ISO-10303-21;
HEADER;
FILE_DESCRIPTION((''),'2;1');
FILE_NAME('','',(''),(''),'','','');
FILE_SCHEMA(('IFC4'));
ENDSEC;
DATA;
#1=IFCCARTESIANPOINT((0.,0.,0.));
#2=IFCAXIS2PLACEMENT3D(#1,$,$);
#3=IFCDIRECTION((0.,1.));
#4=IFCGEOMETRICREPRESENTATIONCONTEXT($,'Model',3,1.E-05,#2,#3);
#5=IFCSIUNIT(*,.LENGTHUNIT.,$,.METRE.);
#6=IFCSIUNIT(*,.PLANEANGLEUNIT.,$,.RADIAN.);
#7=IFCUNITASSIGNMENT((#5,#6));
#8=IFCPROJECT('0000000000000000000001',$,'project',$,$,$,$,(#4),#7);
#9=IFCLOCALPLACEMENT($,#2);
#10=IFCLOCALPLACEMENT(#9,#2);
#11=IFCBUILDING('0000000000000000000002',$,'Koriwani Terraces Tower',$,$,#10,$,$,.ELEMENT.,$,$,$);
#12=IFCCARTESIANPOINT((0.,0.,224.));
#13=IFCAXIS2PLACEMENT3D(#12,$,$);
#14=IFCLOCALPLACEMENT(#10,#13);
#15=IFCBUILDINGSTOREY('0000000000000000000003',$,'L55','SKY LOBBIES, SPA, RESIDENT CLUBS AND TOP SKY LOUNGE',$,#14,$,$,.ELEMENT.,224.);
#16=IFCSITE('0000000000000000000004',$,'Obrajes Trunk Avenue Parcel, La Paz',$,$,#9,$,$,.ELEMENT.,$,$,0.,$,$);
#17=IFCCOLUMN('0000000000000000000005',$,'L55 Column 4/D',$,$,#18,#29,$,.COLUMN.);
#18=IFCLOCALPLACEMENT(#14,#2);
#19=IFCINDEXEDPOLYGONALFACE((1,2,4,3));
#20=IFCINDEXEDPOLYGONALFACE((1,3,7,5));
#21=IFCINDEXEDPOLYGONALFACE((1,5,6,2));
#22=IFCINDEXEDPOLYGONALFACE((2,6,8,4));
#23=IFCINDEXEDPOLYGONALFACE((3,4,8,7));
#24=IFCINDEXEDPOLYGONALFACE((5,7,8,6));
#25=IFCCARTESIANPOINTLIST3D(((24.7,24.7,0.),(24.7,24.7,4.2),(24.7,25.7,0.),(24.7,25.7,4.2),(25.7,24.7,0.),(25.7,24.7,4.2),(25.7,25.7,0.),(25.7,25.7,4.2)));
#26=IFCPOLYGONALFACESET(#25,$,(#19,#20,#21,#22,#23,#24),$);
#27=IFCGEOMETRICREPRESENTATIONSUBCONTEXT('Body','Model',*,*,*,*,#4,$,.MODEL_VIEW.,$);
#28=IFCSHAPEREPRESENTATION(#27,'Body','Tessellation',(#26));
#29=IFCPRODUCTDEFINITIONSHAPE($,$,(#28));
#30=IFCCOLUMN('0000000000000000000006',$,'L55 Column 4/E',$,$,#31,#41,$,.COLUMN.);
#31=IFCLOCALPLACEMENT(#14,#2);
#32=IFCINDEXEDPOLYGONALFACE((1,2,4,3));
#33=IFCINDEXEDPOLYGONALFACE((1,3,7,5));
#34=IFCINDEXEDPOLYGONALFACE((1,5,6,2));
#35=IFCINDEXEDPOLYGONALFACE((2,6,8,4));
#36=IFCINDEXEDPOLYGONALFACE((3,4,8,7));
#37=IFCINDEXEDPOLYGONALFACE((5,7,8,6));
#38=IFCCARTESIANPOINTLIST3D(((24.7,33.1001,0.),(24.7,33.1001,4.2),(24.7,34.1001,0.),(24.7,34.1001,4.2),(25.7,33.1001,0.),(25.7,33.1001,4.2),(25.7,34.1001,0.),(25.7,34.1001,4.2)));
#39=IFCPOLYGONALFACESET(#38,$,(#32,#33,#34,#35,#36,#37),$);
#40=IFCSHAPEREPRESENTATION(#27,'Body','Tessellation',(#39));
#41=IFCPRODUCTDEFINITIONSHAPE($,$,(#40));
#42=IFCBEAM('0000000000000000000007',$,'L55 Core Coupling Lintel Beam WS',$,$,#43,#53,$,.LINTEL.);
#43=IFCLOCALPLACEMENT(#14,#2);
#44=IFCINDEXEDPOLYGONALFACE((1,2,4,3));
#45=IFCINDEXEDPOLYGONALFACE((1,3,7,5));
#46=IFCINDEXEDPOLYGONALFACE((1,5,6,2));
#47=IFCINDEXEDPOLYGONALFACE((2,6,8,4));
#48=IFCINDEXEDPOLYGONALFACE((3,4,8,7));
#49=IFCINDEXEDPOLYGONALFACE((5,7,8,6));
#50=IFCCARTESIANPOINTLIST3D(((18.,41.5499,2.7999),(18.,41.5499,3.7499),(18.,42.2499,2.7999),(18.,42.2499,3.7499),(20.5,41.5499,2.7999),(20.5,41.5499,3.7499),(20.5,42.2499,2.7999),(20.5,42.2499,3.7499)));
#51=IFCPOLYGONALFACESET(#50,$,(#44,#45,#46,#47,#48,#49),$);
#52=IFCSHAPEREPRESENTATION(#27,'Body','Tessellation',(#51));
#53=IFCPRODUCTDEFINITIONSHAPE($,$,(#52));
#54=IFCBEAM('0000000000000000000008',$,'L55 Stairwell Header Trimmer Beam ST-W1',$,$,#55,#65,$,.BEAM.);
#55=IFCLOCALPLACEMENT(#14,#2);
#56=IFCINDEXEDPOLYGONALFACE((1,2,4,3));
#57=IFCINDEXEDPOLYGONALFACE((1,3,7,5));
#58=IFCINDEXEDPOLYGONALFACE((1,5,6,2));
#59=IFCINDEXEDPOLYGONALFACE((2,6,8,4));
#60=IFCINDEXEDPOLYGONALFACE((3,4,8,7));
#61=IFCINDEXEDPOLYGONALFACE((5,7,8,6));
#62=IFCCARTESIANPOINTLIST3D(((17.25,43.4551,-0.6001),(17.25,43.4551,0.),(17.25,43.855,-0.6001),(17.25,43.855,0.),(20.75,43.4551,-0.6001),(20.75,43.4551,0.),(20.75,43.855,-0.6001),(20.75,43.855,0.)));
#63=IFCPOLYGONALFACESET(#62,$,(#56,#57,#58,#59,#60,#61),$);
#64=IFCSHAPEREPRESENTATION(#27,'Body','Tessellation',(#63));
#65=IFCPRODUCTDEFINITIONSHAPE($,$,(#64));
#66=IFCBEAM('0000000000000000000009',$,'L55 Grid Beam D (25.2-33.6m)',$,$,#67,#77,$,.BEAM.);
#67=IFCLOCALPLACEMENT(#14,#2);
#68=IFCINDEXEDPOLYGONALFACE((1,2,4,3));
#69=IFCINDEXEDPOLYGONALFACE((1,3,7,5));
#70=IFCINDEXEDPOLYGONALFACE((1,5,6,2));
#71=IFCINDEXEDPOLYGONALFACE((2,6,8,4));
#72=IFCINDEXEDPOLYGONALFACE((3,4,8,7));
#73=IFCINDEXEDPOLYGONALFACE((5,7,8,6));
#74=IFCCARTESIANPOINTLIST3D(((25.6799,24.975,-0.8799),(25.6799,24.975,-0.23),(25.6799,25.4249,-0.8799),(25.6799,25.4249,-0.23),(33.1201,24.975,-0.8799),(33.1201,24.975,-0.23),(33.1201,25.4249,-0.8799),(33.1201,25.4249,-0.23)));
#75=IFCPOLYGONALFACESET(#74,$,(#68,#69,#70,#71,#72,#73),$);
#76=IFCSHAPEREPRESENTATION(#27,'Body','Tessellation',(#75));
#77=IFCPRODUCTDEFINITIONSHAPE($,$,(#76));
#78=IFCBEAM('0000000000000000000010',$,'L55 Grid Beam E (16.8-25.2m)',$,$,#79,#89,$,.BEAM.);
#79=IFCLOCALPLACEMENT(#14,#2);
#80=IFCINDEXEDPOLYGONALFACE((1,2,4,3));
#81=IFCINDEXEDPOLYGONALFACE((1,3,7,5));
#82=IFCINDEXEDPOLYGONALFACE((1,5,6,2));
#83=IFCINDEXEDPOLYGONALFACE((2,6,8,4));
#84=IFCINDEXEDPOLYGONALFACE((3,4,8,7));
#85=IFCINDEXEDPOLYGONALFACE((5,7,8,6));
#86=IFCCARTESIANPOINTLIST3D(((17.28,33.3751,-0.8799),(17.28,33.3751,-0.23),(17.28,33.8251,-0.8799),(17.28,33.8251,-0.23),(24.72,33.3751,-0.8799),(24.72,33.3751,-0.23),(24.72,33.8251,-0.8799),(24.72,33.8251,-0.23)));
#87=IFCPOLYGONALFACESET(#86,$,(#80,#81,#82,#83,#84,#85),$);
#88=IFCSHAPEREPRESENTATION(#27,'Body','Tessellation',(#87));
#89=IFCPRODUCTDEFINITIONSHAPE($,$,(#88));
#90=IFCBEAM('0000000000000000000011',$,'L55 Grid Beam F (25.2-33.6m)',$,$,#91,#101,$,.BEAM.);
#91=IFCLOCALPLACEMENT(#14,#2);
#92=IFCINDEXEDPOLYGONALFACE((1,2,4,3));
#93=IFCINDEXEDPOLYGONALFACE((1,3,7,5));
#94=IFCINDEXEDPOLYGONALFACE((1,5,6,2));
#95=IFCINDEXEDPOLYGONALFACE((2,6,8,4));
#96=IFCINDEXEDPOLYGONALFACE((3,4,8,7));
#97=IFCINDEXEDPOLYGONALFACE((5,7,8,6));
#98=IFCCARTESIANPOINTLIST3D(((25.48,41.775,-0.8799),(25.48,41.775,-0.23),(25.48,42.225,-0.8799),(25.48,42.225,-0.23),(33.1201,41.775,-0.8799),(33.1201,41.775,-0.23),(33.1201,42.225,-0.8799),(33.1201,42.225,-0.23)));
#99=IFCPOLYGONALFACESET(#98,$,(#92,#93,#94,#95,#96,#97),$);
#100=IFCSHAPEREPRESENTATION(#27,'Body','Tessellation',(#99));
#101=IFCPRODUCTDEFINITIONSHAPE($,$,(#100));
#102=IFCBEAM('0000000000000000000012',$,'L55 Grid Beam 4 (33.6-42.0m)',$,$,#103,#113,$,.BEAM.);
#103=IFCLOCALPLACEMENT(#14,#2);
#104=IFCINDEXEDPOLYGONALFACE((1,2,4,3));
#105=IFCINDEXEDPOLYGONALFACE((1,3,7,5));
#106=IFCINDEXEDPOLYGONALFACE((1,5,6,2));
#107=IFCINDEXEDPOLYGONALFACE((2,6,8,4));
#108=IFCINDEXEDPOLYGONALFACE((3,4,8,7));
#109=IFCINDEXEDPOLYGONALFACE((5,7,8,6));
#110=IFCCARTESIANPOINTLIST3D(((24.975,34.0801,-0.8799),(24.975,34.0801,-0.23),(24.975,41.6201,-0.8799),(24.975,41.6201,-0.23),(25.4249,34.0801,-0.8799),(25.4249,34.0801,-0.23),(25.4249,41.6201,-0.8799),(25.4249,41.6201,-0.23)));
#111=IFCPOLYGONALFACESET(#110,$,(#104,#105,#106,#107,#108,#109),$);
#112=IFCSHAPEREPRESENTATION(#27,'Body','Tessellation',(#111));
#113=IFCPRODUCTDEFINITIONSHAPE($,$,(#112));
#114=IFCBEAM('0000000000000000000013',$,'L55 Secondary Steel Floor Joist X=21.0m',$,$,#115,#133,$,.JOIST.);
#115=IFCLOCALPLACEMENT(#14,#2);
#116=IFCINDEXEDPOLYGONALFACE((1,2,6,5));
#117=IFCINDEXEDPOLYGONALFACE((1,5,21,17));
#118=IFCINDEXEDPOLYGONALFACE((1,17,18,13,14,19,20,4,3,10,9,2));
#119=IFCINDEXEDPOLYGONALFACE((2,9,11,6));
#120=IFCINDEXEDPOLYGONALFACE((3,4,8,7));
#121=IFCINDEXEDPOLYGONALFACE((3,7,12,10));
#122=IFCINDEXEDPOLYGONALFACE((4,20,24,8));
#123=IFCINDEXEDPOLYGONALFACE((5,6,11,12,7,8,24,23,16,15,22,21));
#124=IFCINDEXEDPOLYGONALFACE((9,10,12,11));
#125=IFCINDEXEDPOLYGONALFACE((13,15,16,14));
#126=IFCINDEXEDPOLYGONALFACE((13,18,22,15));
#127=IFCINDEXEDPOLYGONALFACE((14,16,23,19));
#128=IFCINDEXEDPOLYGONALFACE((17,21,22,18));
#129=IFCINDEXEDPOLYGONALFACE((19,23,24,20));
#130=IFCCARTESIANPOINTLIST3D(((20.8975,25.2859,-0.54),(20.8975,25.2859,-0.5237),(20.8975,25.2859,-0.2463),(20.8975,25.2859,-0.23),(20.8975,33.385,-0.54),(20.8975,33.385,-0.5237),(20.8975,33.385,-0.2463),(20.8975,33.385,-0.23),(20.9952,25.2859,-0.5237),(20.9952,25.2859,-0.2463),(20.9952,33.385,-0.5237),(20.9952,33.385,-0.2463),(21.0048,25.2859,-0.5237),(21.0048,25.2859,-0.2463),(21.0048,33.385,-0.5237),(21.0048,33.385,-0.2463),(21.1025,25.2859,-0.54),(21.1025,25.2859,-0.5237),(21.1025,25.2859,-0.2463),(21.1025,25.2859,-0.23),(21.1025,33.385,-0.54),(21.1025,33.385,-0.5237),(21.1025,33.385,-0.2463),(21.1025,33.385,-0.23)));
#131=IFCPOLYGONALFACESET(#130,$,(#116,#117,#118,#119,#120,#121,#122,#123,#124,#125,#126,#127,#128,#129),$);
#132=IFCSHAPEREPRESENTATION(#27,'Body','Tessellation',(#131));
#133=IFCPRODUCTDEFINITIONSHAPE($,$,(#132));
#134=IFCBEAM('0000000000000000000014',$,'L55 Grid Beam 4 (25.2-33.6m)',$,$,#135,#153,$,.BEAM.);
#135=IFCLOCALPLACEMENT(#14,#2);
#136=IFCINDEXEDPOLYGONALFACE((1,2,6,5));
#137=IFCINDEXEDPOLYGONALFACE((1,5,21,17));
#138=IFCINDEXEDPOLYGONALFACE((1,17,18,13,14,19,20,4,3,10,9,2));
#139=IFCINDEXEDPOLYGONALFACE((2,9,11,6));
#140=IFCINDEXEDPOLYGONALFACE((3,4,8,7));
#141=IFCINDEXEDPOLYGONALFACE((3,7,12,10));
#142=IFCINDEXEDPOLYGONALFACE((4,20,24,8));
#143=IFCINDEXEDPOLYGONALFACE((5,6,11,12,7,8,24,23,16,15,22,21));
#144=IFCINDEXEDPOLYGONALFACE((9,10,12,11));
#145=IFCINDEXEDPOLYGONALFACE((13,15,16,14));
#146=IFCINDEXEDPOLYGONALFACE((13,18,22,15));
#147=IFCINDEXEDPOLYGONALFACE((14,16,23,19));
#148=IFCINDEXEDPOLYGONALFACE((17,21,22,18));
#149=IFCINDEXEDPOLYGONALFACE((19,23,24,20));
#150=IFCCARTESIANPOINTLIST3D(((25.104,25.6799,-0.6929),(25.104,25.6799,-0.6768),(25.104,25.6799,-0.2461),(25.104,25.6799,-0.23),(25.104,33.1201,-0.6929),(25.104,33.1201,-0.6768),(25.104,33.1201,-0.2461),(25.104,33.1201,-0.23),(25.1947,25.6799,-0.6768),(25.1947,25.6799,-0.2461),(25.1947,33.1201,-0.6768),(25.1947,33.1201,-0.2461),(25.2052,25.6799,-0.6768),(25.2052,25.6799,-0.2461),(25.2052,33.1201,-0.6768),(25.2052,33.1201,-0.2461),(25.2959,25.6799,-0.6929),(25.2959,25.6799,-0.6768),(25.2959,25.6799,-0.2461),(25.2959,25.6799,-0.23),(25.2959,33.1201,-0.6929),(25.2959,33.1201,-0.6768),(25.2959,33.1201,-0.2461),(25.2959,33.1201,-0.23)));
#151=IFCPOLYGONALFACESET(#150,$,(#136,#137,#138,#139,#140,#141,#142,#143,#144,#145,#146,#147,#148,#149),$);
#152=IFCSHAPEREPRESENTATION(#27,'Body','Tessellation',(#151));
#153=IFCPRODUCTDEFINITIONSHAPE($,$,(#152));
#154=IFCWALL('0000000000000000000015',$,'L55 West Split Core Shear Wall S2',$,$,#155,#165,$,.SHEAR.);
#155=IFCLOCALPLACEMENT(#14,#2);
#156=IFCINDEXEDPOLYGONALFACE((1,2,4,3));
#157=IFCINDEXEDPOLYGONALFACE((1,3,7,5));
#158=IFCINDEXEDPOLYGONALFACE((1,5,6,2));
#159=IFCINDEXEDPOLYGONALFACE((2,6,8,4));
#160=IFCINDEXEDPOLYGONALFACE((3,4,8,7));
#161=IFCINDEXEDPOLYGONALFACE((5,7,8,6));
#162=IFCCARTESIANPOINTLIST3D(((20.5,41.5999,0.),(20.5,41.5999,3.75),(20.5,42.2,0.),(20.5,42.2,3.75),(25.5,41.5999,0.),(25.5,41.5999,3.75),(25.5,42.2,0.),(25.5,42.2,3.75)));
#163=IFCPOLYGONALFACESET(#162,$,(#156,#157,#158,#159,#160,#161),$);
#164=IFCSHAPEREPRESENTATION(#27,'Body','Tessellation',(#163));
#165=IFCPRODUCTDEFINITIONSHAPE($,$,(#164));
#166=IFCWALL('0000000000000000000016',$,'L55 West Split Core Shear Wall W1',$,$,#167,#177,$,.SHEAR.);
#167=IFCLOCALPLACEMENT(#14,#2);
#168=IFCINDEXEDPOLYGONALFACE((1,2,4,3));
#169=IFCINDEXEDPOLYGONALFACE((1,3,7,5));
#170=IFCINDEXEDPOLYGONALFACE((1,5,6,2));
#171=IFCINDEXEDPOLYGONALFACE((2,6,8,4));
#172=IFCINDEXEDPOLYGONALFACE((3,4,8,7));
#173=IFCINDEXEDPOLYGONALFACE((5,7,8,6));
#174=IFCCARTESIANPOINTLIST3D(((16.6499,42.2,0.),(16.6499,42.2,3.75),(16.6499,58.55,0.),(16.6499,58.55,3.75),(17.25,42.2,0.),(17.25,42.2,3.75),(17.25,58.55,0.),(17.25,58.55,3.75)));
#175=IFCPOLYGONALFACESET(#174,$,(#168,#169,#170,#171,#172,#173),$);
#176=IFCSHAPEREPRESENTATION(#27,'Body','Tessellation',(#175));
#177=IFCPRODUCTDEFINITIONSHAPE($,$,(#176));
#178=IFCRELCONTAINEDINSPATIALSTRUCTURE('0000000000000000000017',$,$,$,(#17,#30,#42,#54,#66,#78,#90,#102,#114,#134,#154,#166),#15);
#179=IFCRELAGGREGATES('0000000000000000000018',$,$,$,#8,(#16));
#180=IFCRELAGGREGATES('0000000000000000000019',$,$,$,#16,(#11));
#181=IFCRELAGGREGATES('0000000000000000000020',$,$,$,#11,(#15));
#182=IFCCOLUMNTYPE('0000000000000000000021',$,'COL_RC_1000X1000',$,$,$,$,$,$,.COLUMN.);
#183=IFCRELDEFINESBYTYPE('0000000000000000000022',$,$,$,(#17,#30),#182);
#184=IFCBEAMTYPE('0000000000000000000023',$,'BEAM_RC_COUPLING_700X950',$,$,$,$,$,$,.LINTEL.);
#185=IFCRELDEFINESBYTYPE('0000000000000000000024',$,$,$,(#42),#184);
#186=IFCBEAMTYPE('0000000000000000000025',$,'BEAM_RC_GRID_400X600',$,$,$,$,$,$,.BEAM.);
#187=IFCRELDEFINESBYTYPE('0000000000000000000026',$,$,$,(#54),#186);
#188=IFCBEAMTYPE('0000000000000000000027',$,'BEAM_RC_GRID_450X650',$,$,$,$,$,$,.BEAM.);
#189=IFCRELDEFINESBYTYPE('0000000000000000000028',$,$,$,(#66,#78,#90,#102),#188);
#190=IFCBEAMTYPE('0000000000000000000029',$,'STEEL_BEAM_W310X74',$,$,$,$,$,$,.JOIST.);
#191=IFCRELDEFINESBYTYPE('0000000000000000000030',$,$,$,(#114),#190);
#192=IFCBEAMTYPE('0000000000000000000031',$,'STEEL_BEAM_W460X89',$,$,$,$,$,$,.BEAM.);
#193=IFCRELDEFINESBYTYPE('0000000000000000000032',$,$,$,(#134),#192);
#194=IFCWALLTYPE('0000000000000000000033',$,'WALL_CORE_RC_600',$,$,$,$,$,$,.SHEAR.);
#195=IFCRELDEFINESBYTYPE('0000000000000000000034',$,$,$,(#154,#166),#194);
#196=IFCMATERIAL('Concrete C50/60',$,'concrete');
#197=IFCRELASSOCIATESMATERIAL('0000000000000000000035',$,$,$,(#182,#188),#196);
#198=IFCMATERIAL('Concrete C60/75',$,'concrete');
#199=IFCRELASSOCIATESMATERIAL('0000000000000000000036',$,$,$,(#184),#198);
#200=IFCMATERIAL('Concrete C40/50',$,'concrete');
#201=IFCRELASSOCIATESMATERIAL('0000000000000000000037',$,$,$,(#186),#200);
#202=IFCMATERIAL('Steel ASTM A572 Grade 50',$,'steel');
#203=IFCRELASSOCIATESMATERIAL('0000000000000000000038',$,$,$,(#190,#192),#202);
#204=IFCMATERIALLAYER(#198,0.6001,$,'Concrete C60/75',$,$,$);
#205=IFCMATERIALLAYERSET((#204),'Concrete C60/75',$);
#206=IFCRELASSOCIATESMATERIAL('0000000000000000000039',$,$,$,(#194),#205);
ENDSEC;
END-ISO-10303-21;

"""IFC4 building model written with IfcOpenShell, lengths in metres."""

from ifc_helpers import new_model, si_unit, direction, frame, frame_2d, origin, origin_2d, place, context, subcontext, project, spatial, rectangle, i_section, extrude, material, layer, layer_set, material_profile, profile_set, type_object, element, save


model = new_model("IFC4")

# Units and contexts
model_context = context("Model", 3, precision=1e-05, world=origin(), true_north=direction((0.0, 1.0)))
body_context = subcontext(model_context, "Body", "Model", "MODEL_VIEW")
ifc_project = project(units=[si_unit("LENGTHUNIT", "METRE"), si_unit("PLANEANGLEUNIT", "RADIAN")], contexts=[model_context])

# Site, building, storey
site_placement = place(None, origin())
site = spatial("IfcSite", under=ifc_project, at=site_placement, Name="Obrajes Trunk Avenue Parcel, La Paz", CompositionType="ELEMENT", RefElevation=0.0)
building_placement = place(site_placement, origin())
building = spatial("IfcBuilding", under=site, at=building_placement, Name="Koriwani Terraces Tower", CompositionType="ELEMENT")
storey_placement = place(building_placement, frame((0.0, 0.0, 224.0)))
storey = spatial("IfcBuildingStorey", under=building, at=storey_placement, Name="L55", Description="SKY LOBBIES, SPA, RESIDENT CLUBS AND TOP SKY LOUNGE", CompositionType="ELEMENT", Elevation=224.0)

# Columns
ifc_material_1 = material(Name="Concrete C50/60", Category="concrete")
ifc_material_profile_1 = material_profile(ifc_material_1, rectangle(XDim=1.0, YDim=1.0, at=origin_2d()), Name="Concrete C50/60", Category="LoadBearing")
ifc_profile_set_1 = profile_set([ifc_material_profile_1], Name="Concrete C50/60")
column_type = type_object("IfcColumnType", Name="COL_RC_1000X1000", PredefinedType="COLUMN", material=ifc_profile_set_1)
for number, where, z_axis, x_axis, name in (
    (1, (25.2, 25.2, 0.0), (0.0, 0.0, 1.0), (1.0, 0.0, 0.0), "L55 Column 4/D"),
    (2, (25.2, 33.6001, 0.0), (0.0, 0.0, 1.0), (1.0, 0.0, 0.0), "L55 Column 4/E"),
):
    element("IfcColumn", number, at=place(storey_placement, frame(where, z_axis=z_axis, x_axis=x_axis)), inside=storey, type_object=column_type, Name=name, PredefinedType="COLUMN", context=body_context, shape_type="SweptSolid", body=[
        extrude(rectangle(XDim=1.0, YDim=1.0, at=origin_2d()), origin(), (0.0, 0.0, 1.0), 4.2),
    ])

# Beams
ifc_material_2 = material(Name="Concrete C60/75", Category="concrete")
ifc_material_profile_2 = material_profile(ifc_material_2, rectangle(XDim=0.7, YDim=0.95, at=origin_2d()), Name="Concrete C60/75", Category="LoadBearing")
ifc_profile_set_2 = profile_set([ifc_material_profile_2], Name="Concrete C60/75")
beam_type_1 = type_object("IfcBeamType", Name="BEAM_RC_COUPLING_700X950", PredefinedType="LINTEL", material=ifc_profile_set_2)
beam_1_placement = place(storey_placement, frame((18.0, 41.8999, 3.2749), z_axis=(1.0, 0.0, 0.0), x_axis=(0.0, 1.0, 0.0)))
element("IfcBeam", 3, at=beam_1_placement, inside=storey, type_object=beam_type_1, Name="L55 Core Coupling Lintel Beam WS", PredefinedType="LINTEL", context=body_context, shape_type="SweptSolid", body=[
    extrude(rectangle(XDim=0.7, YDim=0.95, at=origin_2d()), origin(), (0.0, 0.0, 1.0), 2.5),
])
ifc_material_3 = material(Name="Concrete C40/50", Category="concrete")
ifc_material_profile_3 = material_profile(ifc_material_3, rectangle(XDim=0.3999, YDim=0.6001, at=origin_2d()), Name="Concrete C40/50", Category="LoadBearing")
ifc_profile_set_3 = profile_set([ifc_material_profile_3], Name="Concrete C40/50")
beam_type_2 = type_object("IfcBeamType", Name="BEAM_RC_GRID_400X600", PredefinedType="BEAM", material=ifc_profile_set_3)
beam_2_placement = place(storey_placement, frame((17.25, 43.655, -0.3), z_axis=(1.0, 0.0, 0.0), x_axis=(0.0, 1.0, 0.0)))
element("IfcBeam", 4, at=beam_2_placement, inside=storey, type_object=beam_type_2, Name="L55 Stairwell Header Trimmer Beam ST-W1", PredefinedType="BEAM", context=body_context, shape_type="SweptSolid", body=[
    extrude(rectangle(XDim=0.3999, YDim=0.6001, at=origin_2d()), origin(), (0.0, 0.0, 1.0), 3.5),
])
ifc_material_profile_4 = material_profile(ifc_material_1, rectangle(XDim=0.45, YDim=0.6499, at=origin_2d()), Name="Concrete C50/60", Category="LoadBearing")
ifc_profile_set_4 = profile_set([ifc_material_profile_4], Name="Concrete C50/60")
beam_type_3 = type_object("IfcBeamType", Name="BEAM_RC_GRID_450X650", PredefinedType="BEAM", material=ifc_profile_set_4)
beam_3_placement = place(storey_placement, frame((25.6799, 25.2, -0.5549), z_axis=(1.0, 0.0, 0.0), x_axis=(0.0, 1.0, 0.0)))
element("IfcBeam", 5, at=beam_3_placement, inside=storey, type_object=beam_type_3, Name="L55 Grid Beam D (25.2-33.6m)", PredefinedType="BEAM", context=body_context, shape_type="SweptSolid", body=[
    extrude(rectangle(XDim=0.45, YDim=0.6499, at=origin_2d()), origin(), (0.0, 0.0, 1.0), 7.4402),
])
beam_4_placement = place(storey_placement, frame((17.28, 33.6001, -0.5549), z_axis=(1.0, 0.0, 0.0), x_axis=(0.0, 1.0, 0.0)))
element("IfcBeam", 6, at=beam_4_placement, inside=storey, type_object=beam_type_3, Name="L55 Grid Beam E (16.8-25.2m)", PredefinedType="BEAM", context=body_context, shape_type="SweptSolid", body=[
    extrude(rectangle(XDim=0.45, YDim=0.6499, at=origin_2d()), origin(), (0.0, 0.0, 1.0), 7.4399),
])
beam_5_placement = place(storey_placement, frame((25.48, 42.0, -0.5549), z_axis=(1.0, 0.0, 0.0), x_axis=(0.0, 1.0, 0.0)))
element("IfcBeam", 7, at=beam_5_placement, inside=storey, type_object=beam_type_3, Name="L55 Grid Beam F (25.2-33.6m)", PredefinedType="BEAM", context=body_context, shape_type="SweptSolid", body=[
    extrude(rectangle(XDim=0.45, YDim=0.6499, at=origin_2d()), origin(), (0.0, 0.0, 1.0), 7.6401),
])
beam_6_placement = place(storey_placement, frame((25.2, 34.0801, -0.5549), z_axis=(0.0, 1.0, 0.0), x_axis=(-1.0, 0.0, 0.0)))
element("IfcBeam", 8, at=beam_6_placement, inside=storey, type_object=beam_type_3, Name="L55 Grid Beam 4 (33.6-42.0m)", PredefinedType="BEAM", context=body_context, shape_type="SweptSolid", body=[
    extrude(rectangle(XDim=0.45, YDim=0.6499, at=origin_2d()), origin(), (0.0, 0.0, 1.0), 7.54),
])
ifc_material_4 = material(Name="Steel ASTM A572 Grade 50", Category="steel")
ifc_material_profile_5 = material_profile(ifc_material_4, i_section(OverallWidth=0.2051, OverallDepth=0.3101, WebThickness=0.0095, FlangeThickness=0.0164, at=origin_2d()), Name="Steel ASTM A572 Grade 50", Category="LoadBearing")
ifc_profile_set_5 = profile_set([ifc_material_profile_5], Name="Steel ASTM A572 Grade 50")
beam_type_4 = type_object("IfcBeamType", Name="STEEL_BEAM_W310X74", PredefinedType="JOIST", material=ifc_profile_set_5)
beam_7_placement = place(storey_placement, frame((21.0, 25.2859, -0.385), z_axis=(0.0, 1.0, 0.0), x_axis=(-1.0, 0.0, 0.0)))
element("IfcBeam", 9, at=beam_7_placement, inside=storey, type_object=beam_type_4, Name="L55 Secondary Steel Floor Joist X=21.0m", PredefinedType="JOIST", context=body_context, shape_type="SweptSolid", body=[
    extrude(i_section(OverallWidth=0.2051, OverallDepth=0.3101, WebThickness=0.0095, FlangeThickness=0.0164, at=origin_2d()), origin(), (0.0, 0.0, 1.0), 8.0991),
])
ifc_material_profile_6 = material_profile(ifc_material_4, i_section(OverallWidth=0.1919, OverallDepth=0.4629, WebThickness=0.0105, FlangeThickness=0.0161, at=origin_2d()), Name="Steel ASTM A572 Grade 50", Category="LoadBearing")
ifc_profile_set_6 = profile_set([ifc_material_profile_6], Name="Steel ASTM A572 Grade 50")
beam_type_5 = type_object("IfcBeamType", Name="STEEL_BEAM_W460X89", PredefinedType="BEAM", material=ifc_profile_set_6)
beam_8_placement = place(storey_placement, frame((25.2, 25.6799, -0.4614), z_axis=(0.0, 1.0, 0.0), x_axis=(-1.0, 0.0, 0.0)))
element("IfcBeam", 10, at=beam_8_placement, inside=storey, type_object=beam_type_5, Name="L55 Grid Beam 4 (25.2-33.6m)", PredefinedType="BEAM", context=body_context, shape_type="SweptSolid", body=[
    extrude(i_section(OverallWidth=0.1919, OverallDepth=0.4629, WebThickness=0.0105, FlangeThickness=0.0161, at=origin_2d()), origin(), (0.0, 0.0, 1.0), 7.4402),
])

# Walls
ifc_layer_1 = layer(ifc_material_2, 0.6001, Name="Concrete C60/75")
ifc_layer_set_1 = layer_set([ifc_layer_1], Name="Concrete C60/75")
wall_type_1 = type_object("IfcWallType", Name="WALL_CORE_RC_600", PredefinedType="SHEAR", material=ifc_layer_set_1)
wall_1_placement = place(storey_placement, frame((20.5, 41.8999, 0.0), z_axis=(0.0, 0.0, 1.0), x_axis=(1.0, 0.0, 0.0)))
element("IfcWall", 11, at=wall_1_placement, inside=storey, type_object=wall_type_1, Name="L55 West Split Core Shear Wall S2", PredefinedType="SHEAR", context=body_context, shape_type="SweptSolid", body=[
    extrude(rectangle(XDim=5.0, YDim=0.6001, at=frame_2d((2.5, 0.0))), origin(), (0.0, 0.0, 1.0), 3.75),
])
wall_2_placement = place(storey_placement, frame((16.95, 42.2, 0.0), z_axis=(0.0, 0.0, 1.0), x_axis=(0.0, 1.0, 0.0)))
element("IfcWall", 12, at=wall_2_placement, inside=storey, type_object=wall_type_1, Name="L55 West Split Core Shear Wall W1", PredefinedType="SHEAR", context=body_context, shape_type="SweptSolid", body=[
    extrude(rectangle(XDim=16.3501, YDim=0.6001, at=frame_2d((8.175, 0.0))), origin(), (0.0, 0.0, 1.0), 3.75),
])

save(model, "model.ifc")
